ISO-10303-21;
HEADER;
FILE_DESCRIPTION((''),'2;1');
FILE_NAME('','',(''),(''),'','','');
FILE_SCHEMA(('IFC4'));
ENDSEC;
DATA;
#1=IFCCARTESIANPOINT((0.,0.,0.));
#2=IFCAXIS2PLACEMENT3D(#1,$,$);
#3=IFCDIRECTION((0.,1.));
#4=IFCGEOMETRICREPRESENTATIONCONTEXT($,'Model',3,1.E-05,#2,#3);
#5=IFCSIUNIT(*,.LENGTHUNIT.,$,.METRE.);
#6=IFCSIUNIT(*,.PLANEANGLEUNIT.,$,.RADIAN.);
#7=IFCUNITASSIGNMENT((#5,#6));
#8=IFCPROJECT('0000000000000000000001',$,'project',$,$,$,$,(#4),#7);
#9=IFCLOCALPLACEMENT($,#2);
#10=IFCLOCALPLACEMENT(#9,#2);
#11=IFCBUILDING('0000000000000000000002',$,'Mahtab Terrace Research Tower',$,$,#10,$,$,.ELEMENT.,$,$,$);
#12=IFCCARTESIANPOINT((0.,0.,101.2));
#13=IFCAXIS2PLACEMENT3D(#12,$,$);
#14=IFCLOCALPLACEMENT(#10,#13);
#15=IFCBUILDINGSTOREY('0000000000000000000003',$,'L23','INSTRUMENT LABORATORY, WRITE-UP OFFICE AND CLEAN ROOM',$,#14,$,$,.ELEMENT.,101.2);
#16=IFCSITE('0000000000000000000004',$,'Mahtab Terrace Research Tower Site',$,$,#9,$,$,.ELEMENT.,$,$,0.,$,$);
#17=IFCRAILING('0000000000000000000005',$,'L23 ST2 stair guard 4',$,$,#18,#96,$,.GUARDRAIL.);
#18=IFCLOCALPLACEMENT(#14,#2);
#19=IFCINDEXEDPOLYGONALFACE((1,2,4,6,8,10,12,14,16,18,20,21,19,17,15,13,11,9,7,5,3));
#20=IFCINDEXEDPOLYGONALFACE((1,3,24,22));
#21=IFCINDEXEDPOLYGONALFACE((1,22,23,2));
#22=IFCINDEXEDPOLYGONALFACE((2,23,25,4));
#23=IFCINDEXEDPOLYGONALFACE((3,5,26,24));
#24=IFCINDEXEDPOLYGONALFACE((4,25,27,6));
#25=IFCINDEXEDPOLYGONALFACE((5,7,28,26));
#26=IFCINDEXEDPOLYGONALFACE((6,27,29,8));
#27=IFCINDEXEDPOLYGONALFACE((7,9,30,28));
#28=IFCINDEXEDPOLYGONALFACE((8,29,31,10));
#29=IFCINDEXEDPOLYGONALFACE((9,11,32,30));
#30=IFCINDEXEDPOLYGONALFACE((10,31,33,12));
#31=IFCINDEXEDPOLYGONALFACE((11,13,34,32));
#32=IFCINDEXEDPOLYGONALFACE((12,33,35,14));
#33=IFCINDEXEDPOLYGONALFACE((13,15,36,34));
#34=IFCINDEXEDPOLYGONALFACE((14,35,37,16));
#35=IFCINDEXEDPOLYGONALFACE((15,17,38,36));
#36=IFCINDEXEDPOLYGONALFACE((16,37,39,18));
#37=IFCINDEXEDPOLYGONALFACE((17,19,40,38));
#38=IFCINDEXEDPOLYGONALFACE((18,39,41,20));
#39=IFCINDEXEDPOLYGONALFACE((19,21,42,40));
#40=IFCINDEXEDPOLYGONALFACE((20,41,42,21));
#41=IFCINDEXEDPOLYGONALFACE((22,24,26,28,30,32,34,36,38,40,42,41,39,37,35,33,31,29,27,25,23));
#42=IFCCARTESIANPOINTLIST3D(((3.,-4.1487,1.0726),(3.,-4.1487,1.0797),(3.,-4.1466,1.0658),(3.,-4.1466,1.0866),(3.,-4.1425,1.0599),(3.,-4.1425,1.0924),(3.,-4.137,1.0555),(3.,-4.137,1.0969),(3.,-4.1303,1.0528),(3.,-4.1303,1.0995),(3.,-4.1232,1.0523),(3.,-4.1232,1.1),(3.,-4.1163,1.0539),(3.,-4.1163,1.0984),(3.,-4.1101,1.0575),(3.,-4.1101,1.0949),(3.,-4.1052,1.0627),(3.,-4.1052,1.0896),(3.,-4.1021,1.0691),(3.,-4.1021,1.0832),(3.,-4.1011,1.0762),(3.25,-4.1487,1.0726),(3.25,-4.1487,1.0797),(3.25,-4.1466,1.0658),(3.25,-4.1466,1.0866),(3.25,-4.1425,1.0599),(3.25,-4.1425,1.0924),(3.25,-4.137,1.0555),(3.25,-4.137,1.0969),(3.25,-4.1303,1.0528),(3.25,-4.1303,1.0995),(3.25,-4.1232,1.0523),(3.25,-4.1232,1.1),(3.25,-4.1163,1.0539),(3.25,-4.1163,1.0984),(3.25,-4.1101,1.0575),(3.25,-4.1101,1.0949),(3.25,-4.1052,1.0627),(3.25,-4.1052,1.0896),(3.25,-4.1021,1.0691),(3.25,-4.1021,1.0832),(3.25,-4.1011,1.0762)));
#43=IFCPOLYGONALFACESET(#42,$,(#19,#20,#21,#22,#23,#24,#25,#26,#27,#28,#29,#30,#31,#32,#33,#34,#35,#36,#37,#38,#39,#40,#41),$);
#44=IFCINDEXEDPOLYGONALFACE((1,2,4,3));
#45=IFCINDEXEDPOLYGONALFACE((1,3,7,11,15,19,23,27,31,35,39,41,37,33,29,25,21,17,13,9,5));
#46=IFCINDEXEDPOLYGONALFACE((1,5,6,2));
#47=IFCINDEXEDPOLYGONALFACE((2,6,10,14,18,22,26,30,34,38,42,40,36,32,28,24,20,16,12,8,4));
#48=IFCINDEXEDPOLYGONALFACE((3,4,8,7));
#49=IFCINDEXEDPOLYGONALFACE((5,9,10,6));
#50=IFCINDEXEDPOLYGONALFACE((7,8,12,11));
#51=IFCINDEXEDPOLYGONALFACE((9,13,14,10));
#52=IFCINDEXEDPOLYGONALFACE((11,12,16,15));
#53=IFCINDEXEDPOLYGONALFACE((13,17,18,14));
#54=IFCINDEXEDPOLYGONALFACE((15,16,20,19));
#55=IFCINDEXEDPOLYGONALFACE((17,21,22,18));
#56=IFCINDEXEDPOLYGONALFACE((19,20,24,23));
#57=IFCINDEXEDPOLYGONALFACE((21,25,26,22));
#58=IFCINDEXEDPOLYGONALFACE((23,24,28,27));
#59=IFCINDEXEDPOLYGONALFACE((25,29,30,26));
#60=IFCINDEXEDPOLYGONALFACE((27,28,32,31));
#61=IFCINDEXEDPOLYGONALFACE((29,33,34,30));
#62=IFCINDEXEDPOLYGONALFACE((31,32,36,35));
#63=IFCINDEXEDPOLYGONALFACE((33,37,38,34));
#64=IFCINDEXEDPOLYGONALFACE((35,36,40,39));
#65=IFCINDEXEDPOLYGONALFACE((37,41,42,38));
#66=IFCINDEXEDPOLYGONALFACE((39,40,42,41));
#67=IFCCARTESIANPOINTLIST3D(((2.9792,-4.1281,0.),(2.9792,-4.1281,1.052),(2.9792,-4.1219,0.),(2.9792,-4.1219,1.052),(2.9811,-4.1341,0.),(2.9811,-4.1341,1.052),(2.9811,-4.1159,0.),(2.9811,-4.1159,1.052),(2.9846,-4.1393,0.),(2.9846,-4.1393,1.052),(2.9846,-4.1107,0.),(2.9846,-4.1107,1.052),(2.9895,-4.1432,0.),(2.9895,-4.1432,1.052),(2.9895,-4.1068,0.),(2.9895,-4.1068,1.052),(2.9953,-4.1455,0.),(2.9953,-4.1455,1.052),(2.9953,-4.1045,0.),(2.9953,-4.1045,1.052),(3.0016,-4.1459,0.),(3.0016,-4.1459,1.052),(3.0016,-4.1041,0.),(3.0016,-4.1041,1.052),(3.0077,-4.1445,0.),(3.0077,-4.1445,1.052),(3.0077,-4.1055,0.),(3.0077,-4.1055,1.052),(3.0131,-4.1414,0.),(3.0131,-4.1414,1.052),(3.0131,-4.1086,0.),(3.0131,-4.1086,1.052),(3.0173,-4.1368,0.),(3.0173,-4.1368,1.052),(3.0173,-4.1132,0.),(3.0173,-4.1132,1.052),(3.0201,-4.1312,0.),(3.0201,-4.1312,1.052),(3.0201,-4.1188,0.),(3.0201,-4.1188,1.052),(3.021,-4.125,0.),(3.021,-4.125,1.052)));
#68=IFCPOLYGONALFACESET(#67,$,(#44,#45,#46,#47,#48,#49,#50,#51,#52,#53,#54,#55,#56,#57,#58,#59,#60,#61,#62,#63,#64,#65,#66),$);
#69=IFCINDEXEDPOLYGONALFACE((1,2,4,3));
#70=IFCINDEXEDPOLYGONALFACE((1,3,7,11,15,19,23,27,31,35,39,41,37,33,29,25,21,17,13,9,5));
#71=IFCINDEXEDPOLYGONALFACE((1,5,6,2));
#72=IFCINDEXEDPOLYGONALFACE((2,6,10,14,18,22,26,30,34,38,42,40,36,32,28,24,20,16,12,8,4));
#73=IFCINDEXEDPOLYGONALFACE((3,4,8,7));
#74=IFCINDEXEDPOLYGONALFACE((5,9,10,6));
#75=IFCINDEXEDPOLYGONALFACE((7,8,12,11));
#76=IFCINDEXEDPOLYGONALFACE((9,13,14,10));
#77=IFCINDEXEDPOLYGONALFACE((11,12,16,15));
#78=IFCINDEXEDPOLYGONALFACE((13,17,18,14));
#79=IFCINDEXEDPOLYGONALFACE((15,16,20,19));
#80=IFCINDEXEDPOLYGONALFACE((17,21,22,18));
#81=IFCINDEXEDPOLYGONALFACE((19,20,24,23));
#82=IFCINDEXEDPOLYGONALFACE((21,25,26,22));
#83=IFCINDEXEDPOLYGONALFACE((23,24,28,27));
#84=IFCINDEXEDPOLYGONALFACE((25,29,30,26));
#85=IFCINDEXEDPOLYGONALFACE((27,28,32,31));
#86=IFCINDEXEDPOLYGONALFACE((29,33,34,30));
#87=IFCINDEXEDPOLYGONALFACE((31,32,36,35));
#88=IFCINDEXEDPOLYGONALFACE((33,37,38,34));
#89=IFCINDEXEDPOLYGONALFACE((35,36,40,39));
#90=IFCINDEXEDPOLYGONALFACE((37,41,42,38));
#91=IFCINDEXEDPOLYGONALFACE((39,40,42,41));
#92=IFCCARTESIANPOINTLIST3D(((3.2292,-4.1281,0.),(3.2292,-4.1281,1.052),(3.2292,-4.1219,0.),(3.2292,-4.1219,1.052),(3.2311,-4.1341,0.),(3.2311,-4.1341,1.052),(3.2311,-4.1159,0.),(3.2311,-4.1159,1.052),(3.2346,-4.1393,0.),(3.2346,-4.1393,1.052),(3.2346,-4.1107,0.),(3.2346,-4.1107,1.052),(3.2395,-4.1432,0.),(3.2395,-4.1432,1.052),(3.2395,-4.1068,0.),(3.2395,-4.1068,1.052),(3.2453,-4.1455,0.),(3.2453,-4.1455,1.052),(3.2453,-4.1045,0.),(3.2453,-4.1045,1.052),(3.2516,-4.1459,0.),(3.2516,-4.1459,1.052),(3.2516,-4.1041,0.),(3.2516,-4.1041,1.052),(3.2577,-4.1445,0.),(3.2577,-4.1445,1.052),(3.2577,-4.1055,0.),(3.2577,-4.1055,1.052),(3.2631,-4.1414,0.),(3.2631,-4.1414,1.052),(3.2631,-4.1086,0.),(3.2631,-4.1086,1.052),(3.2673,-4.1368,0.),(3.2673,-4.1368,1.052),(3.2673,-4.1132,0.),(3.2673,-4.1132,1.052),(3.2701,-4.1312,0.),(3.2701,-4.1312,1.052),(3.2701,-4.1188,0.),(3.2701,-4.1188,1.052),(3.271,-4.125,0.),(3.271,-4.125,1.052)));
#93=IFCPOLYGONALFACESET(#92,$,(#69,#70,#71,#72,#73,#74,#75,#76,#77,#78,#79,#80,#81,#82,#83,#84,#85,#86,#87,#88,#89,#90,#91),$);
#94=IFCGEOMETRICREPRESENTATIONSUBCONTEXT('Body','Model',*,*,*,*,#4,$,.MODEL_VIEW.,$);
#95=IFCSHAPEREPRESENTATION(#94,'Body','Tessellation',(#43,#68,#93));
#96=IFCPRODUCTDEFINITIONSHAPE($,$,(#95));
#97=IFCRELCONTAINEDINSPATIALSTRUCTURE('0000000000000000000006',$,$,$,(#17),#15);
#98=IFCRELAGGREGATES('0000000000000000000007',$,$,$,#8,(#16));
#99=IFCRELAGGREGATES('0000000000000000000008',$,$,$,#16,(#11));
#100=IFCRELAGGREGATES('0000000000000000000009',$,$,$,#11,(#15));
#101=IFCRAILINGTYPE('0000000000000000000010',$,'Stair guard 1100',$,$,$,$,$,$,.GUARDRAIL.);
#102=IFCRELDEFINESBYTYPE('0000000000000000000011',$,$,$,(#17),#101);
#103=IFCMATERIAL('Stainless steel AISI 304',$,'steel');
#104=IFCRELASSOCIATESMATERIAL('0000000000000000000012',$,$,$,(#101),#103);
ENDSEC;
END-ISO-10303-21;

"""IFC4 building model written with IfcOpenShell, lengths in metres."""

from ifc_helpers import new_model, si_unit, direction, frame, origin, origin_2d, place, context, subcontext, project, spatial, circle, extrude, material, type_object, element, save


model = new_model("IFC4")

# Units and contexts
model_context = context("Model", 3, precision=1e-05, world=origin(), true_north=direction((0.0, 1.0)))
body_context = subcontext(model_context, "Body", "Model", "MODEL_VIEW")
ifc_project = project(units=[si_unit("LENGTHUNIT", "METRE"), si_unit("PLANEANGLEUNIT", "RADIAN")], contexts=[model_context])

# Site, building, storey
site_placement = place(None, origin())
site = spatial("IfcSite", under=ifc_project, at=site_placement, Name="Mahtab Terrace Research Tower Site", CompositionType="ELEMENT", RefElevation=0.0)
building_placement = place(site_placement, origin())
building = spatial("IfcBuilding", under=site, at=building_placement, Name="Mahtab Terrace Research Tower", CompositionType="ELEMENT")
storey_placement = place(building_placement, frame((0.0, 0.0, 101.2)))
storey = spatial("IfcBuildingStorey", under=building, at=storey_placement, Name="L23", Description="INSTRUMENT LABORATORY, WRITE-UP OFFICE AND CLEAN ROOM", CompositionType="ELEMENT", Elevation=101.2)

# Railing
ifc_material_1 = material(Name="Stainless steel AISI 304", Category="steel")
railing_type = type_object("IfcRailingType", Name="Stair guard 1100", PredefinedType="GUARDRAIL", material=ifc_material_1)
railing_1_placement = place(storey_placement, frame((3.0, -4.125, 0.0)))
element("IfcRailing", 1, at=railing_1_placement, inside=storey, type_object=railing_type, Name="L23 ST2 stair guard 4", PredefinedType="GUARDRAIL", context=body_context, shape_type="SweptSolid", body=[
    extrude(circle(Radius=0.0239, at=origin_2d()), frame((0.0, 0.0, 1.0762), z_axis=(1.0, 0.0, 0.0), x_axis=(0.0, 1.0, 0.0)), (0.0, 0.0, 1.0), 0.25),
    extrude(circle(Radius=0.021, at=origin_2d()), origin(), (0.0, 0.0, 1.0), 1.052),
    extrude(circle(Radius=0.021, at=origin_2d()), frame((0.25, 0.0, 0.0)), (0.0, 0.0, 1.0), 1.052),
])

save(model, "model.ifc")
